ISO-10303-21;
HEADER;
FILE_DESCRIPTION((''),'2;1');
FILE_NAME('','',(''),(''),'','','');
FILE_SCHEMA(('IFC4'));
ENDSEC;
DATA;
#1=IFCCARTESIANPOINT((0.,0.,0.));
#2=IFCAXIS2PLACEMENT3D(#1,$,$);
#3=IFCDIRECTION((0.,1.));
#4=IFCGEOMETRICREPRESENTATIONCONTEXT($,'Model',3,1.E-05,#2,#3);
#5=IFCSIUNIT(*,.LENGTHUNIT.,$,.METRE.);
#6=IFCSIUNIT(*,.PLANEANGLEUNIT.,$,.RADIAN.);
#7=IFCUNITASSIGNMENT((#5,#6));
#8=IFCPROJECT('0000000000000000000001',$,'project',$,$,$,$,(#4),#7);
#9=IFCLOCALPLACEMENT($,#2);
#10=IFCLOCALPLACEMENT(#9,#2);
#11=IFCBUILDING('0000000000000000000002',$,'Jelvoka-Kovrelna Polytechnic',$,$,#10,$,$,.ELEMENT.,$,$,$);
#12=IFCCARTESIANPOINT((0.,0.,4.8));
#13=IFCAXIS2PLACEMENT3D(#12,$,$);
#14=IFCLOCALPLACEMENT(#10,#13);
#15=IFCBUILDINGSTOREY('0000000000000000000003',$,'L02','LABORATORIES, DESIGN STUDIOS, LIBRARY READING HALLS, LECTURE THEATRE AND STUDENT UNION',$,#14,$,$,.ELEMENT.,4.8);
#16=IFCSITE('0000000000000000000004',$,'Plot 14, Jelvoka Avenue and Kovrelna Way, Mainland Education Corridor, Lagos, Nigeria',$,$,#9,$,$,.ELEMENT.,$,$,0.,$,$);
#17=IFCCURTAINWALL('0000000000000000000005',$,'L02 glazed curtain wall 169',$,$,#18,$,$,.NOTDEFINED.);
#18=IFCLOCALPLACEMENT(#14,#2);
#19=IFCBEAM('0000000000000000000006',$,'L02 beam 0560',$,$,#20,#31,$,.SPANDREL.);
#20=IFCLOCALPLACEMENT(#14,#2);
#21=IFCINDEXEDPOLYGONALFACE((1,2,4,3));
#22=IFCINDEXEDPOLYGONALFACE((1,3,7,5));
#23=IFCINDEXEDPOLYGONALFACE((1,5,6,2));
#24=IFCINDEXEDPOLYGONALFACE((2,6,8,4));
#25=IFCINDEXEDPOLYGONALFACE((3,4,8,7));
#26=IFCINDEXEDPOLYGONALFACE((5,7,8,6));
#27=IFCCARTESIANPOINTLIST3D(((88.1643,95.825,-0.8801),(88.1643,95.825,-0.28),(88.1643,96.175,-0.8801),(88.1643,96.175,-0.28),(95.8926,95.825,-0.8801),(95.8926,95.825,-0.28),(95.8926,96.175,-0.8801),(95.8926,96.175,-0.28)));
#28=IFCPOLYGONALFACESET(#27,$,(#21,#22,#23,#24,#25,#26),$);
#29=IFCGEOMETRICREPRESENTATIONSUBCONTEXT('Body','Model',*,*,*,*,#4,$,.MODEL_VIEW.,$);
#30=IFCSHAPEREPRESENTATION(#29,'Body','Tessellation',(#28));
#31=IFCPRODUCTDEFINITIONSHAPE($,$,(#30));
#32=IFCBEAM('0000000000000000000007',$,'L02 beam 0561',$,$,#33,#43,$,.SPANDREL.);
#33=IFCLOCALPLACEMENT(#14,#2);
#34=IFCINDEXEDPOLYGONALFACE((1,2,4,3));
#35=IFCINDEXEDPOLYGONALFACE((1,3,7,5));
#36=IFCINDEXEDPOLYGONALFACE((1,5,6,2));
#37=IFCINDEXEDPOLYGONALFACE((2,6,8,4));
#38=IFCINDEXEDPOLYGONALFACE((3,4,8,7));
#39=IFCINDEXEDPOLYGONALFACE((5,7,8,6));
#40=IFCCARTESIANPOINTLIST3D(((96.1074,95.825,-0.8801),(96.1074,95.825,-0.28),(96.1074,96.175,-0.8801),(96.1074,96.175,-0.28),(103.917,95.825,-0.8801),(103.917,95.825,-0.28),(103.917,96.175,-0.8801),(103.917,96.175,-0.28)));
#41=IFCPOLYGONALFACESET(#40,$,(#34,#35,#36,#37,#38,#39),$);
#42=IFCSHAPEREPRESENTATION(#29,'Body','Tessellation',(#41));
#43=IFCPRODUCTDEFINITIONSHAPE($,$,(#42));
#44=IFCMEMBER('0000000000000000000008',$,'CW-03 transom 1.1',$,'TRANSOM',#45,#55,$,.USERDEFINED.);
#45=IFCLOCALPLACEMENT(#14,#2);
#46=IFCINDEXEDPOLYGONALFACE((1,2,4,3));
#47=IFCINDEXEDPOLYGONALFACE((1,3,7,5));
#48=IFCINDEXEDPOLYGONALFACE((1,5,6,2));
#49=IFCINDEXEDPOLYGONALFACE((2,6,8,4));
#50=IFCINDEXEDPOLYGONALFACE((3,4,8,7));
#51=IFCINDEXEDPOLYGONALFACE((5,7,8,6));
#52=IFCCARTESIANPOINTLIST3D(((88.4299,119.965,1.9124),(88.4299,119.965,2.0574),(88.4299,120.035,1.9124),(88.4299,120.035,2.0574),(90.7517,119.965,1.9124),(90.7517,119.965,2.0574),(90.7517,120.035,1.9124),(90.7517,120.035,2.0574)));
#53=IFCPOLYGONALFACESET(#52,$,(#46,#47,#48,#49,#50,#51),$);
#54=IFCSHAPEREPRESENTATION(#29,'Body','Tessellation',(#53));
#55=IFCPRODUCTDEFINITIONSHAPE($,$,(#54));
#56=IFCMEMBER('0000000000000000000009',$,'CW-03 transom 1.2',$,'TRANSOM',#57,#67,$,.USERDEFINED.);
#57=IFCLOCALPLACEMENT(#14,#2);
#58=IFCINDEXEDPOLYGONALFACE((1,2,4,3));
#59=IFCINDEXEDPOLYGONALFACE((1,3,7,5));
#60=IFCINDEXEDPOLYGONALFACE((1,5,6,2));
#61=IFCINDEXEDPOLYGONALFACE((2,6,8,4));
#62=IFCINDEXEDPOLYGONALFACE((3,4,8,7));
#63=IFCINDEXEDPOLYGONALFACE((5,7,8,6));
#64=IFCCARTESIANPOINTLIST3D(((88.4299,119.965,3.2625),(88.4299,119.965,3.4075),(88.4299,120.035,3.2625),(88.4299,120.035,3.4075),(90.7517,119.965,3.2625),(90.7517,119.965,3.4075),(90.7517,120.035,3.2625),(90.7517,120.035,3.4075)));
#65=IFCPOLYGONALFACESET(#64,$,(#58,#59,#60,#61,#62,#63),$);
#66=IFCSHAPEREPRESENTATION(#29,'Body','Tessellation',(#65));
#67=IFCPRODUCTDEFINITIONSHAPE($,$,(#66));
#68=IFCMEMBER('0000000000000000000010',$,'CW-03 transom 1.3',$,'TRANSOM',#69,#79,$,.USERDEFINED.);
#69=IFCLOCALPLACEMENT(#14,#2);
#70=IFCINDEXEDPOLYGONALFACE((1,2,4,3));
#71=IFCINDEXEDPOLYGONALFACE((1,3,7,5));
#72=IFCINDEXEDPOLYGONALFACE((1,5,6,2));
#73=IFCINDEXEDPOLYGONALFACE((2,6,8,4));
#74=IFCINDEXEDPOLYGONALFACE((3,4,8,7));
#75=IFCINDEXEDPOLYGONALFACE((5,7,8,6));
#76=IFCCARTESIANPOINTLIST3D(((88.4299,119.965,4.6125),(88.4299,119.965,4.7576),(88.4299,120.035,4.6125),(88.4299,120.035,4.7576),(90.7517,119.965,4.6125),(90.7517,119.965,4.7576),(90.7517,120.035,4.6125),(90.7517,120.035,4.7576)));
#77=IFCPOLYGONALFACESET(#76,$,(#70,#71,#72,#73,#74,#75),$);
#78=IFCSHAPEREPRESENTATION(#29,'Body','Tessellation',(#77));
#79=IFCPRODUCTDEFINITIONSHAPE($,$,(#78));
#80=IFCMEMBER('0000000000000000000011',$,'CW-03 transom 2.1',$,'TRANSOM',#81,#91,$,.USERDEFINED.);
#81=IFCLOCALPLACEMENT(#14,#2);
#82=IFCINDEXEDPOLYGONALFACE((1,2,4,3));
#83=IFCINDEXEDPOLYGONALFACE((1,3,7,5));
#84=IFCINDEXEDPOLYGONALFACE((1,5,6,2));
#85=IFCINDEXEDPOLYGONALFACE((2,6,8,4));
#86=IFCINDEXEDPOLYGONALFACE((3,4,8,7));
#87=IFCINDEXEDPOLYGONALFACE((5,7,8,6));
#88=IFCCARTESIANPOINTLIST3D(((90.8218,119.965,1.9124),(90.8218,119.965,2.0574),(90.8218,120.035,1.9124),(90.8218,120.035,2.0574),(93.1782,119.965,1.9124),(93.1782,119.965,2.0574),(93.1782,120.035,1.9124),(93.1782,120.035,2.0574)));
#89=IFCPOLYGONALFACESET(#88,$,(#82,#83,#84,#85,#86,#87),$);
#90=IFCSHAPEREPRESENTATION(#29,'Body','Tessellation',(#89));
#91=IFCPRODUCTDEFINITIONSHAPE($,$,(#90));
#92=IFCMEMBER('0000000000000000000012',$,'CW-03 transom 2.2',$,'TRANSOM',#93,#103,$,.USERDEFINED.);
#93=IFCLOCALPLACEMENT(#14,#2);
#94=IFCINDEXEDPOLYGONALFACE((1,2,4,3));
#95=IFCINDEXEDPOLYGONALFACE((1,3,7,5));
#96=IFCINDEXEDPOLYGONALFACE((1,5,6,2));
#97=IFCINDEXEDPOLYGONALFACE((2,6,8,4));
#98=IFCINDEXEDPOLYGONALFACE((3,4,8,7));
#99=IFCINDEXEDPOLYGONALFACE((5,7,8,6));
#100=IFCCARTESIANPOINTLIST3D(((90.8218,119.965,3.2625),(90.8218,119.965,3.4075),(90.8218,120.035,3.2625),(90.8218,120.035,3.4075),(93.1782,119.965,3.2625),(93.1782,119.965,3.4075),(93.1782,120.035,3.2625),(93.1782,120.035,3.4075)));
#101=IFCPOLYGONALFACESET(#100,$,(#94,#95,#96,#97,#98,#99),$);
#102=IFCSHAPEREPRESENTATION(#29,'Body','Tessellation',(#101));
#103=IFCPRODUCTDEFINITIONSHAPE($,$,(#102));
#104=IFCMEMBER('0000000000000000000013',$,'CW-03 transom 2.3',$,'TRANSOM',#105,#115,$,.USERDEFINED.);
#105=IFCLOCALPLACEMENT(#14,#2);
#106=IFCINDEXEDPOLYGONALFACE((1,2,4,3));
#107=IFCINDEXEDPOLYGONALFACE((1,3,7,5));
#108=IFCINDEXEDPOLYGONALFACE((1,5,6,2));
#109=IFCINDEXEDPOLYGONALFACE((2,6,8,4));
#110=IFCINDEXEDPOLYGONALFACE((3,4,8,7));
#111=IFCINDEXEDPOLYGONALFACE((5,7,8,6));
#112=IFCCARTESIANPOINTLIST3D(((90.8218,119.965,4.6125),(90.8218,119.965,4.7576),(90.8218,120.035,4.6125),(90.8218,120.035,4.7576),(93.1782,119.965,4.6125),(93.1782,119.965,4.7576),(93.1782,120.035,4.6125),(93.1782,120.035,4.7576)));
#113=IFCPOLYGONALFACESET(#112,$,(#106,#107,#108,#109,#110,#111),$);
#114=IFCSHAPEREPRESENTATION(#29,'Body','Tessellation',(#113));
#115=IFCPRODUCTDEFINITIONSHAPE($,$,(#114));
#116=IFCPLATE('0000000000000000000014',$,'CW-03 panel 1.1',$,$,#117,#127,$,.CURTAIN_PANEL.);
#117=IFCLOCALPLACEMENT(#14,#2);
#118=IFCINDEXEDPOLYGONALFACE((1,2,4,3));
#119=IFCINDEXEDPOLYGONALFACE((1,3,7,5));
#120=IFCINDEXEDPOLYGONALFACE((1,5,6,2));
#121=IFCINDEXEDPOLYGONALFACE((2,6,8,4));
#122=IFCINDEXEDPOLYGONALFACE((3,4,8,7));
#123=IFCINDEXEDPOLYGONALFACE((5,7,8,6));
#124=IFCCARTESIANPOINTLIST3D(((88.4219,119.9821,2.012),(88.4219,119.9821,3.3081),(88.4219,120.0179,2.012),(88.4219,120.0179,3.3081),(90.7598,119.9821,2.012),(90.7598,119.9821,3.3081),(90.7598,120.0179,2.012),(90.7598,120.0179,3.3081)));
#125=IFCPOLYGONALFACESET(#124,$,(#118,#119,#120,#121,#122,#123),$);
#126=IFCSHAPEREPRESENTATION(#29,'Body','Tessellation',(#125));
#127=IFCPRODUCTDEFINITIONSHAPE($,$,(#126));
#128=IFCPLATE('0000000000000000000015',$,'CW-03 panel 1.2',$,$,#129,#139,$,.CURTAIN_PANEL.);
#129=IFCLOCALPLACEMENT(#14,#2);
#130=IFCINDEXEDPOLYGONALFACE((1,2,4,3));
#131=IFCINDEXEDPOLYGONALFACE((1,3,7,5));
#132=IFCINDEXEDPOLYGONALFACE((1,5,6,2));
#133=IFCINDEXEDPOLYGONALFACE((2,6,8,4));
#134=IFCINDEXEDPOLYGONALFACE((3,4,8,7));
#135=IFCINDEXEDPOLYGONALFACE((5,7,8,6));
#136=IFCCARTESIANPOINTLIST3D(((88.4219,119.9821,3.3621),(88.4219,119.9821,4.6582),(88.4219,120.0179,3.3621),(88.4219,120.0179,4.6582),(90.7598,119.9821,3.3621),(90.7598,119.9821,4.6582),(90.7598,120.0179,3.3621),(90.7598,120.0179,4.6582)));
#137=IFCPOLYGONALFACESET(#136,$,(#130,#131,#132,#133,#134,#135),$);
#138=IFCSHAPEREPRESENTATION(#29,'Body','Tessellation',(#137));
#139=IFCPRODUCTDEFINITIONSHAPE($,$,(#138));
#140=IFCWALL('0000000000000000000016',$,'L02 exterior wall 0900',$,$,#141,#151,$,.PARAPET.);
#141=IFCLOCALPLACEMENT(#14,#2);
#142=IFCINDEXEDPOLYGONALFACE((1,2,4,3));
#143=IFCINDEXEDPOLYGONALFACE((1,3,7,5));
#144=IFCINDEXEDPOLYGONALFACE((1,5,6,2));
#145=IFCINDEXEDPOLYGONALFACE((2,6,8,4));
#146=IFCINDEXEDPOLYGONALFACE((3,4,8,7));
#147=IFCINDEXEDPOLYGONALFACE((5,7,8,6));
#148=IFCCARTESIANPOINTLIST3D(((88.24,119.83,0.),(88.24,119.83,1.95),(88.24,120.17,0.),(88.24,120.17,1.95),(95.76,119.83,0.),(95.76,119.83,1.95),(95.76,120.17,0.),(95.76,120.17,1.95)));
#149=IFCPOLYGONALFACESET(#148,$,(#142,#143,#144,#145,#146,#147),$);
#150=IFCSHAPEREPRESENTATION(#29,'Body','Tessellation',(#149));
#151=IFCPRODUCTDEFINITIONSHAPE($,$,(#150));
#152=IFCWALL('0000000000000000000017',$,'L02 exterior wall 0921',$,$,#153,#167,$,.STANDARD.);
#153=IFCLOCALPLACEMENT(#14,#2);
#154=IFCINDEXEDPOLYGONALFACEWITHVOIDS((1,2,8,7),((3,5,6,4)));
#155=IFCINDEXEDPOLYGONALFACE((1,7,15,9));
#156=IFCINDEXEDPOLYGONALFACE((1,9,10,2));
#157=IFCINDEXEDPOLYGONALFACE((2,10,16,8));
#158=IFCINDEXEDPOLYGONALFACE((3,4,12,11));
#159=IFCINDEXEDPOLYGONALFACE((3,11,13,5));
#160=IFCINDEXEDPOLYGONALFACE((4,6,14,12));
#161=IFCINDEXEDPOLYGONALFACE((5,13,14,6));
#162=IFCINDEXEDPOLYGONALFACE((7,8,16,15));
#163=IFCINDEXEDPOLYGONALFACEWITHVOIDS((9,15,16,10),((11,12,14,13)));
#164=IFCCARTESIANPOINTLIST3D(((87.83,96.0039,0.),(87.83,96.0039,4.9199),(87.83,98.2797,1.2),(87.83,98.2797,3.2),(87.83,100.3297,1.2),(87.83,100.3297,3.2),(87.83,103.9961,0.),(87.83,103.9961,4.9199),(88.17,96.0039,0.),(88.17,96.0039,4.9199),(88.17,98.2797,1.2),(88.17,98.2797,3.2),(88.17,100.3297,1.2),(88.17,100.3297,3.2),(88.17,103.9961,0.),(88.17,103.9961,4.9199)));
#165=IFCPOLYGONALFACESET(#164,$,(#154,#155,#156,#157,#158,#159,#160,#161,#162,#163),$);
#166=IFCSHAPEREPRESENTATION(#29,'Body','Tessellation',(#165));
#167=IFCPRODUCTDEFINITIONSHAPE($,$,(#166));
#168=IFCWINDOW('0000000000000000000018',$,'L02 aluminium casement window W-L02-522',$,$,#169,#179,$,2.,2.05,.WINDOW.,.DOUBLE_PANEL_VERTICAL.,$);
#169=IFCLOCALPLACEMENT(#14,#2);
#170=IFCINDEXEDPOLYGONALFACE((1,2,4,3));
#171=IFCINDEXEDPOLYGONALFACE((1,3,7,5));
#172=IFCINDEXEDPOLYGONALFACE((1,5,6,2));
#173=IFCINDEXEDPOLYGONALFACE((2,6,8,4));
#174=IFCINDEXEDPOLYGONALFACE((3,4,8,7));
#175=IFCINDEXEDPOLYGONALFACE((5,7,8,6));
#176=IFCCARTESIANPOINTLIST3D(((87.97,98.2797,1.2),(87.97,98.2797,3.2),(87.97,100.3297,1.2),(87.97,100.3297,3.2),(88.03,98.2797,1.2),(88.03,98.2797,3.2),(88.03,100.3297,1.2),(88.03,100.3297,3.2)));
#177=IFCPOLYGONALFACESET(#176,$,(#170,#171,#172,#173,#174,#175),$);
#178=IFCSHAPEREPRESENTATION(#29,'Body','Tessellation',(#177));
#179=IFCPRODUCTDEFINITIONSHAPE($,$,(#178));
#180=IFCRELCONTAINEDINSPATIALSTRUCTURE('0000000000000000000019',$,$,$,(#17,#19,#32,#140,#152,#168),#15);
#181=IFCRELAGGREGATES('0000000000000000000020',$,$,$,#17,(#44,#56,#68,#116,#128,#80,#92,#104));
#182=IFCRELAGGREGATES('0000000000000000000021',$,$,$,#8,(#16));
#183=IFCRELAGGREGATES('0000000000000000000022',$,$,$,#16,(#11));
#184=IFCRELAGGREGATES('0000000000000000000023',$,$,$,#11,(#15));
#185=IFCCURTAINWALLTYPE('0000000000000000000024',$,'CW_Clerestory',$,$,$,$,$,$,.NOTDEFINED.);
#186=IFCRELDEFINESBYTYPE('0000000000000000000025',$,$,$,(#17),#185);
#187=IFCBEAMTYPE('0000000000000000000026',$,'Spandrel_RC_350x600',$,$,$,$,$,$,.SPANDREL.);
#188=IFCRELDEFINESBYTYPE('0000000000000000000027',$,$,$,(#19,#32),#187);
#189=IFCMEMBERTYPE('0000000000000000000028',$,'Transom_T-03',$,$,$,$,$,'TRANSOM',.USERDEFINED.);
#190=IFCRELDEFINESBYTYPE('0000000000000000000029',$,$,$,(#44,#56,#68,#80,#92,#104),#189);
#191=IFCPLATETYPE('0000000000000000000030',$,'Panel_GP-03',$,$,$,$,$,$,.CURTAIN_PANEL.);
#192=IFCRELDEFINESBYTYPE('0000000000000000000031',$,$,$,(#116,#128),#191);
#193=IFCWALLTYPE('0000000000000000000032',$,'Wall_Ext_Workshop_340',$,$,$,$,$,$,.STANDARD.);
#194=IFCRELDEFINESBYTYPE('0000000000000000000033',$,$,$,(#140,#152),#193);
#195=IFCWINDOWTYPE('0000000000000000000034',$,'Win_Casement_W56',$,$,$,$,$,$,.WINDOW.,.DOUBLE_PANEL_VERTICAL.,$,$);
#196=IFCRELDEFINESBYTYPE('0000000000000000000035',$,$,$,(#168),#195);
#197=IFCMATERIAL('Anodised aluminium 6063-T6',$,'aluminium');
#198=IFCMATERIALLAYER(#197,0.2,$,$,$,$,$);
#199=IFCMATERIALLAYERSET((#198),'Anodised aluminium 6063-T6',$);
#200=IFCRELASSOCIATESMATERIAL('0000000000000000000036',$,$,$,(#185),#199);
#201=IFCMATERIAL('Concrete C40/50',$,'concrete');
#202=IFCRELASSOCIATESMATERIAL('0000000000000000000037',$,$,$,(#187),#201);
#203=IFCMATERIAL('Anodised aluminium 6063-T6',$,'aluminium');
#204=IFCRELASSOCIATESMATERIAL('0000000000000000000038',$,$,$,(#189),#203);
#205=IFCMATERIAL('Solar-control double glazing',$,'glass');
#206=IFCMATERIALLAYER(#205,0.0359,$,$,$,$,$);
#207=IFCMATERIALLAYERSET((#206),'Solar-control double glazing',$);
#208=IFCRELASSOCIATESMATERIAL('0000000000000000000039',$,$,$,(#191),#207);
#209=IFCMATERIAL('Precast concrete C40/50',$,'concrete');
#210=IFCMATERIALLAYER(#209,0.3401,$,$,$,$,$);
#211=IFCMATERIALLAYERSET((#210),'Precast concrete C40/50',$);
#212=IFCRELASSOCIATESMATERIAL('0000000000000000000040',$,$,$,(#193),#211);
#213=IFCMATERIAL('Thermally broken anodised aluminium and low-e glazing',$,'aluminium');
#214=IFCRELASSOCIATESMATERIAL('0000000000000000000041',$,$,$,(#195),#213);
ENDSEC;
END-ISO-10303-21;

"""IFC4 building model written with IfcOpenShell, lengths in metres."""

from ifc_helpers import new_model, si_unit, direction, frame, frame_2d, origin, origin_2d, place, context, subcontext, project, spatial, rectangle, extrude, material, layer, layer_set, material_profile, profile_set, type_object, element, fill, aggregate, save


model = new_model("IFC4")

# Units and contexts
model_context = context("Model", 3, precision=1e-05, world=origin(), true_north=direction((0.0, 1.0)))
body_context = subcontext(model_context, "Body", "Model", "MODEL_VIEW")
ifc_project = project(units=[si_unit("LENGTHUNIT", "METRE"), si_unit("PLANEANGLEUNIT", "RADIAN")], contexts=[model_context])

# Site, building, storey
site_placement = place(None, origin())
site = spatial("IfcSite", under=ifc_project, at=site_placement, Name="Plot 14, Jelvoka Avenue and Kovrelna Way, Mainland Education Corridor, Lagos, Nigeria", CompositionType="ELEMENT", RefElevation=0.0)
building_placement = place(site_placement, origin())
building = spatial("IfcBuilding", under=site, at=building_placement, Name="Jelvoka-Kovrelna Polytechnic", CompositionType="ELEMENT")
storey_placement = place(building_placement, frame((0.0, 0.0, 4.8)))
storey = spatial("IfcBuildingStorey", under=building, at=storey_placement, Name="L02", Description="LABORATORIES, DESIGN STUDIOS, LIBRARY READING HALLS, LECTURE THEATRE AND STUDENT UNION", CompositionType="ELEMENT", Elevation=4.8)

# Curtain wall
ifc_material_1 = material(Name="Anodised aluminium 6063-T6", Category="aluminium")
ifc_layer_1 = layer(ifc_material_1, 0.2)
ifc_layer_set_1 = layer_set([ifc_layer_1], Name="Anodised aluminium 6063-T6")
curtain_wall_type = type_object("IfcCurtainWallType", Name="CW_Clerestory", PredefinedType="NOTDEFINED", material=ifc_layer_set_1)
curtain_wall_placement = place(storey_placement, origin())
curtain_wall = element("IfcCurtainWall", 1, at=curtain_wall_placement, inside=storey, type_object=curtain_wall_type, Name="L02 glazed curtain wall 169", PredefinedType="NOTDEFINED")

# Beams
ifc_material_2 = material(Name="Concrete C40/50", Category="concrete")
ifc_material_profile_1 = material_profile(ifc_material_2, rectangle(XDim=0.3501, YDim=0.6001, at=origin_2d()), Name="RC 350x600")
ifc_profile_set_1 = profile_set([ifc_material_profile_1], Name="Concrete C40/50")
beam_type_1 = type_object("IfcBeamType", Name="Spandrel_RC_350x600", PredefinedType="SPANDREL", material=ifc_profile_set_1)
beam_1_placement = place(storey_placement, frame((88.1643, 96.0, -0.5801), z_axis=(1.0, 0.0, 0.0), x_axis=(0.0, 1.0, 0.0)))
element("IfcBeam", 2, at=beam_1_placement, inside=storey, type_object=beam_type_1, Name="L02 beam 0560", PredefinedType="SPANDREL", context=body_context, shape_type="SweptSolid", body=[
    extrude(rectangle(XDim=0.3501, YDim=0.6001, at=origin_2d()), origin(), (0.0, 0.0, 1.0), 7.7283),
])
beam_2_placement = place(storey_placement, frame((96.1074, 96.0, -0.5801), z_axis=(1.0, 0.0, 0.0), x_axis=(0.0, 1.0, 0.0)))
element("IfcBeam", 3, at=beam_2_placement, inside=storey, type_object=beam_type_1, Name="L02 beam 0561", PredefinedType="SPANDREL", context=body_context, shape_type="SweptSolid", body=[
    extrude(rectangle(XDim=0.3501, YDim=0.6001, at=origin_2d()), origin(), (0.0, 0.0, 1.0), 7.8096),
])

# Members
ifc_material_3 = material(Name="Anodised aluminium 6063-T6", Category="aluminium")
ifc_material_profile_2 = material_profile(ifc_material_3, rectangle(XDim=0.0701, YDim=0.145, at=origin_2d()), Name="ALU 70x145")
ifc_profile_set_2 = profile_set([ifc_material_profile_2], Name="Anodised aluminium 6063-T6")
member_type_1 = type_object("IfcMemberType", Name="Transom_T-03", ElementType="TRANSOM", PredefinedType="USERDEFINED", material=ifc_profile_set_2)
member_1_placement = place(storey_placement, frame((88.4299, 120.0, 1.9849), z_axis=(1.0, 0.0, 0.0), x_axis=(0.0, 1.0, 0.0)))
member_1 = element("IfcMember", 4, at=member_1_placement, type_object=member_type_1, Name="CW-03 transom 1.1", ObjectType="TRANSOM", PredefinedType="USERDEFINED", context=body_context, shape_type="SweptSolid", body=[
    extrude(rectangle(XDim=0.0701, YDim=0.145, at=origin_2d()), origin(), (0.0, 0.0, 1.0), 2.3218),
])
member_2_placement = place(storey_placement, frame((88.4299, 120.0, 3.335), z_axis=(1.0, 0.0, 0.0), x_axis=(0.0, 1.0, 0.0)))
member_2 = element("IfcMember", 5, at=member_2_placement, type_object=member_type_1, Name="CW-03 transom 1.2", ObjectType="TRANSOM", PredefinedType="USERDEFINED", context=body_context, shape_type="SweptSolid", body=[
    extrude(rectangle(XDim=0.0701, YDim=0.145, at=origin_2d()), origin(), (0.0, 0.0, 1.0), 2.3218),
])
member_3_placement = place(storey_placement, frame((88.4299, 120.0, 4.6851), z_axis=(1.0, 0.0, 0.0), x_axis=(0.0, 1.0, 0.0)))
member_3 = element("IfcMember", 6, at=member_3_placement, type_object=member_type_1, Name="CW-03 transom 1.3", ObjectType="TRANSOM", PredefinedType="USERDEFINED", context=body_context, shape_type="SweptSolid", body=[
    extrude(rectangle(XDim=0.0701, YDim=0.145, at=origin_2d()), origin(), (0.0, 0.0, 1.0), 2.3218),
])
member_4_placement = place(storey_placement, frame((90.8218, 120.0, 1.9849), z_axis=(1.0, 0.0, 0.0), x_axis=(0.0, 1.0, 0.0)))
member_4 = element("IfcMember", 7, at=member_4_placement, type_object=member_type_1, Name="CW-03 transom 2.1", ObjectType="TRANSOM", PredefinedType="USERDEFINED", context=body_context, shape_type="SweptSolid", body=[
    extrude(rectangle(XDim=0.0701, YDim=0.145, at=origin_2d()), origin(), (0.0, 0.0, 1.0), 2.3564),
])
member_5_placement = place(storey_placement, frame((90.8218, 120.0, 3.335), z_axis=(1.0, 0.0, 0.0), x_axis=(0.0, 1.0, 0.0)))
member_5 = element("IfcMember", 8, at=member_5_placement, type_object=member_type_1, Name="CW-03 transom 2.2", ObjectType="TRANSOM", PredefinedType="USERDEFINED", context=body_context, shape_type="SweptSolid", body=[
    extrude(rectangle(XDim=0.0701, YDim=0.145, at=origin_2d()), origin(), (0.0, 0.0, 1.0), 2.3564),
])
member_6_placement = place(storey_placement, frame((90.8218, 120.0, 4.6851), z_axis=(1.0, 0.0, 0.0), x_axis=(0.0, 1.0, 0.0)))
member_6 = element("IfcMember", 9, at=member_6_placement, type_object=member_type_1, Name="CW-03 transom 2.3", ObjectType="TRANSOM", PredefinedType="USERDEFINED", context=body_context, shape_type="SweptSolid", body=[
    extrude(rectangle(XDim=0.0701, YDim=0.145, at=origin_2d()), origin(), (0.0, 0.0, 1.0), 2.3564),
])

# Plates
ifc_material_4 = material(Name="Solar-control double glazing", Category="glass")
ifc_layer_2 = layer(ifc_material_4, 0.0359)
ifc_layer_set_2 = layer_set([ifc_layer_2], Name="Solar-control double glazing")
plate_type = type_object("IfcPlateType", Name="Panel_GP-03", PredefinedType="CURTAIN_PANEL", material=ifc_layer_set_2)
plate_1_placement = place(storey_placement, frame((89.5908, 120.0, 2.012), z_axis=(0.0, 0.0, 1.0), x_axis=(1.0, 0.0, 0.0)))
plate_1 = element("IfcPlate", 10, at=plate_1_placement, type_object=plate_type, Name="CW-03 panel 1.1", PredefinedType="CURTAIN_PANEL", context=body_context, shape_type="SweptSolid", body=[
    extrude(rectangle(XDim=2.3379, YDim=0.0359, at=origin_2d()), origin(), (0.0, 0.0, 1.0), 1.2961),
])
plate_2_placement = place(storey_placement, frame((89.5908, 120.0, 3.3621), z_axis=(0.0, 0.0, 1.0), x_axis=(1.0, 0.0, 0.0)))
plate_2 = element("IfcPlate", 11, at=plate_2_placement, type_object=plate_type, Name="CW-03 panel 1.2", PredefinedType="CURTAIN_PANEL", context=body_context, shape_type="SweptSolid", body=[
    extrude(rectangle(XDim=2.3379, YDim=0.0359, at=origin_2d()), origin(), (0.0, 0.0, 1.0), 1.2961),
])
aggregate(curtain_wall, [member_1, member_2, member_3, plate_1, plate_2, member_4, member_5, member_6])

# Wall
ifc_material_5 = material(Name="Precast concrete C40/50", Category="concrete")
ifc_layer_3 = layer(ifc_material_5, 0.3401)
ifc_layer_set_3 = layer_set([ifc_layer_3], Name="Precast concrete C40/50")
wall_type = type_object("IfcWallType", Name="Wall_Ext_Workshop_340", PredefinedType="STANDARD", material=ifc_layer_set_3)
wall_1_placement = place(storey_placement, frame((88.24, 120.0, 0.0), z_axis=(0.0, 0.0, 1.0), x_axis=(1.0, 0.0, 0.0)))
element("IfcWall", 12, at=wall_1_placement, inside=storey, type_object=wall_type, Name="L02 exterior wall 0900", PredefinedType="PARAPET", context=body_context, shape_type="SweptSolid", body=[
    extrude(rectangle(XDim=7.52, YDim=0.3401, at=frame_2d((3.76, 0.0))), origin(), (0.0, 0.0, 1.0), 1.95),
])

# Wall, opening, window
wall_2_placement = place(storey_placement, frame((88.0, 96.0039, 0.0), z_axis=(0.0, 0.0, 1.0), x_axis=(0.0, 1.0, 0.0)))
wall_2 = element("IfcWall", 13, at=wall_2_placement, inside=storey, type_object=wall_type, Name="L02 exterior wall 0921", PredefinedType="STANDARD", context=body_context, shape_type="SweptSolid", body=[
    extrude(rectangle(XDim=7.9922, YDim=0.3401, at=frame_2d((3.9961, 0.0))), origin(), (0.0, 0.0, 1.0), 4.9199),
])
opening_1_placement = place(wall_2_placement, frame((2.2759, 0.0, 1.2)))
opening_1 = element("IfcOpeningElement", 14, at=opening_1_placement, cuts=wall_2, PredefinedType="OPENING", context=body_context, shape_type="SweptSolid", body=[
    extrude(rectangle(XDim=2.05, YDim=2.0, at=frame_2d((1.0249, 1.0))), frame((0.0, 0.1799, 0.0), z_axis=(0.0, -1.0, 0.0), x_axis=(1.0, 0.0, 0.0)), (0.0, 0.0, 1.0), 0.3601),
])
ifc_material_6 = material(Name="Thermally broken anodised aluminium and low-e glazing", Category="aluminium")
window_type = type_object("IfcWindowType", Name="Win_Casement_W56", PartitioningType="DOUBLE_PANEL_VERTICAL", PredefinedType="WINDOW", material=ifc_material_6)
window_1_placement = place(opening_1_placement, origin())
window_1 = element("IfcWindow", 15, at=window_1_placement, inside=storey, type_object=window_type, Name="L02 aluminium casement window W-L02-522", OverallHeight=2.0, OverallWidth=2.05, PartitioningType="DOUBLE_PANEL_VERTICAL", PredefinedType="WINDOW", context=body_context, shape_type="SweptSolid", body=[
    extrude(rectangle(XDim=2.05, YDim=2.0, at=frame_2d((1.0249, 1.0))), frame((0.0, 0.03, 0.0), z_axis=(0.0, -1.0, 0.0), x_axis=(1.0, 0.0, 0.0)), (0.0, 0.0, 1.0), 0.0601),
])
fill(opening_1, window_1)

save(model, "model.ifc")
